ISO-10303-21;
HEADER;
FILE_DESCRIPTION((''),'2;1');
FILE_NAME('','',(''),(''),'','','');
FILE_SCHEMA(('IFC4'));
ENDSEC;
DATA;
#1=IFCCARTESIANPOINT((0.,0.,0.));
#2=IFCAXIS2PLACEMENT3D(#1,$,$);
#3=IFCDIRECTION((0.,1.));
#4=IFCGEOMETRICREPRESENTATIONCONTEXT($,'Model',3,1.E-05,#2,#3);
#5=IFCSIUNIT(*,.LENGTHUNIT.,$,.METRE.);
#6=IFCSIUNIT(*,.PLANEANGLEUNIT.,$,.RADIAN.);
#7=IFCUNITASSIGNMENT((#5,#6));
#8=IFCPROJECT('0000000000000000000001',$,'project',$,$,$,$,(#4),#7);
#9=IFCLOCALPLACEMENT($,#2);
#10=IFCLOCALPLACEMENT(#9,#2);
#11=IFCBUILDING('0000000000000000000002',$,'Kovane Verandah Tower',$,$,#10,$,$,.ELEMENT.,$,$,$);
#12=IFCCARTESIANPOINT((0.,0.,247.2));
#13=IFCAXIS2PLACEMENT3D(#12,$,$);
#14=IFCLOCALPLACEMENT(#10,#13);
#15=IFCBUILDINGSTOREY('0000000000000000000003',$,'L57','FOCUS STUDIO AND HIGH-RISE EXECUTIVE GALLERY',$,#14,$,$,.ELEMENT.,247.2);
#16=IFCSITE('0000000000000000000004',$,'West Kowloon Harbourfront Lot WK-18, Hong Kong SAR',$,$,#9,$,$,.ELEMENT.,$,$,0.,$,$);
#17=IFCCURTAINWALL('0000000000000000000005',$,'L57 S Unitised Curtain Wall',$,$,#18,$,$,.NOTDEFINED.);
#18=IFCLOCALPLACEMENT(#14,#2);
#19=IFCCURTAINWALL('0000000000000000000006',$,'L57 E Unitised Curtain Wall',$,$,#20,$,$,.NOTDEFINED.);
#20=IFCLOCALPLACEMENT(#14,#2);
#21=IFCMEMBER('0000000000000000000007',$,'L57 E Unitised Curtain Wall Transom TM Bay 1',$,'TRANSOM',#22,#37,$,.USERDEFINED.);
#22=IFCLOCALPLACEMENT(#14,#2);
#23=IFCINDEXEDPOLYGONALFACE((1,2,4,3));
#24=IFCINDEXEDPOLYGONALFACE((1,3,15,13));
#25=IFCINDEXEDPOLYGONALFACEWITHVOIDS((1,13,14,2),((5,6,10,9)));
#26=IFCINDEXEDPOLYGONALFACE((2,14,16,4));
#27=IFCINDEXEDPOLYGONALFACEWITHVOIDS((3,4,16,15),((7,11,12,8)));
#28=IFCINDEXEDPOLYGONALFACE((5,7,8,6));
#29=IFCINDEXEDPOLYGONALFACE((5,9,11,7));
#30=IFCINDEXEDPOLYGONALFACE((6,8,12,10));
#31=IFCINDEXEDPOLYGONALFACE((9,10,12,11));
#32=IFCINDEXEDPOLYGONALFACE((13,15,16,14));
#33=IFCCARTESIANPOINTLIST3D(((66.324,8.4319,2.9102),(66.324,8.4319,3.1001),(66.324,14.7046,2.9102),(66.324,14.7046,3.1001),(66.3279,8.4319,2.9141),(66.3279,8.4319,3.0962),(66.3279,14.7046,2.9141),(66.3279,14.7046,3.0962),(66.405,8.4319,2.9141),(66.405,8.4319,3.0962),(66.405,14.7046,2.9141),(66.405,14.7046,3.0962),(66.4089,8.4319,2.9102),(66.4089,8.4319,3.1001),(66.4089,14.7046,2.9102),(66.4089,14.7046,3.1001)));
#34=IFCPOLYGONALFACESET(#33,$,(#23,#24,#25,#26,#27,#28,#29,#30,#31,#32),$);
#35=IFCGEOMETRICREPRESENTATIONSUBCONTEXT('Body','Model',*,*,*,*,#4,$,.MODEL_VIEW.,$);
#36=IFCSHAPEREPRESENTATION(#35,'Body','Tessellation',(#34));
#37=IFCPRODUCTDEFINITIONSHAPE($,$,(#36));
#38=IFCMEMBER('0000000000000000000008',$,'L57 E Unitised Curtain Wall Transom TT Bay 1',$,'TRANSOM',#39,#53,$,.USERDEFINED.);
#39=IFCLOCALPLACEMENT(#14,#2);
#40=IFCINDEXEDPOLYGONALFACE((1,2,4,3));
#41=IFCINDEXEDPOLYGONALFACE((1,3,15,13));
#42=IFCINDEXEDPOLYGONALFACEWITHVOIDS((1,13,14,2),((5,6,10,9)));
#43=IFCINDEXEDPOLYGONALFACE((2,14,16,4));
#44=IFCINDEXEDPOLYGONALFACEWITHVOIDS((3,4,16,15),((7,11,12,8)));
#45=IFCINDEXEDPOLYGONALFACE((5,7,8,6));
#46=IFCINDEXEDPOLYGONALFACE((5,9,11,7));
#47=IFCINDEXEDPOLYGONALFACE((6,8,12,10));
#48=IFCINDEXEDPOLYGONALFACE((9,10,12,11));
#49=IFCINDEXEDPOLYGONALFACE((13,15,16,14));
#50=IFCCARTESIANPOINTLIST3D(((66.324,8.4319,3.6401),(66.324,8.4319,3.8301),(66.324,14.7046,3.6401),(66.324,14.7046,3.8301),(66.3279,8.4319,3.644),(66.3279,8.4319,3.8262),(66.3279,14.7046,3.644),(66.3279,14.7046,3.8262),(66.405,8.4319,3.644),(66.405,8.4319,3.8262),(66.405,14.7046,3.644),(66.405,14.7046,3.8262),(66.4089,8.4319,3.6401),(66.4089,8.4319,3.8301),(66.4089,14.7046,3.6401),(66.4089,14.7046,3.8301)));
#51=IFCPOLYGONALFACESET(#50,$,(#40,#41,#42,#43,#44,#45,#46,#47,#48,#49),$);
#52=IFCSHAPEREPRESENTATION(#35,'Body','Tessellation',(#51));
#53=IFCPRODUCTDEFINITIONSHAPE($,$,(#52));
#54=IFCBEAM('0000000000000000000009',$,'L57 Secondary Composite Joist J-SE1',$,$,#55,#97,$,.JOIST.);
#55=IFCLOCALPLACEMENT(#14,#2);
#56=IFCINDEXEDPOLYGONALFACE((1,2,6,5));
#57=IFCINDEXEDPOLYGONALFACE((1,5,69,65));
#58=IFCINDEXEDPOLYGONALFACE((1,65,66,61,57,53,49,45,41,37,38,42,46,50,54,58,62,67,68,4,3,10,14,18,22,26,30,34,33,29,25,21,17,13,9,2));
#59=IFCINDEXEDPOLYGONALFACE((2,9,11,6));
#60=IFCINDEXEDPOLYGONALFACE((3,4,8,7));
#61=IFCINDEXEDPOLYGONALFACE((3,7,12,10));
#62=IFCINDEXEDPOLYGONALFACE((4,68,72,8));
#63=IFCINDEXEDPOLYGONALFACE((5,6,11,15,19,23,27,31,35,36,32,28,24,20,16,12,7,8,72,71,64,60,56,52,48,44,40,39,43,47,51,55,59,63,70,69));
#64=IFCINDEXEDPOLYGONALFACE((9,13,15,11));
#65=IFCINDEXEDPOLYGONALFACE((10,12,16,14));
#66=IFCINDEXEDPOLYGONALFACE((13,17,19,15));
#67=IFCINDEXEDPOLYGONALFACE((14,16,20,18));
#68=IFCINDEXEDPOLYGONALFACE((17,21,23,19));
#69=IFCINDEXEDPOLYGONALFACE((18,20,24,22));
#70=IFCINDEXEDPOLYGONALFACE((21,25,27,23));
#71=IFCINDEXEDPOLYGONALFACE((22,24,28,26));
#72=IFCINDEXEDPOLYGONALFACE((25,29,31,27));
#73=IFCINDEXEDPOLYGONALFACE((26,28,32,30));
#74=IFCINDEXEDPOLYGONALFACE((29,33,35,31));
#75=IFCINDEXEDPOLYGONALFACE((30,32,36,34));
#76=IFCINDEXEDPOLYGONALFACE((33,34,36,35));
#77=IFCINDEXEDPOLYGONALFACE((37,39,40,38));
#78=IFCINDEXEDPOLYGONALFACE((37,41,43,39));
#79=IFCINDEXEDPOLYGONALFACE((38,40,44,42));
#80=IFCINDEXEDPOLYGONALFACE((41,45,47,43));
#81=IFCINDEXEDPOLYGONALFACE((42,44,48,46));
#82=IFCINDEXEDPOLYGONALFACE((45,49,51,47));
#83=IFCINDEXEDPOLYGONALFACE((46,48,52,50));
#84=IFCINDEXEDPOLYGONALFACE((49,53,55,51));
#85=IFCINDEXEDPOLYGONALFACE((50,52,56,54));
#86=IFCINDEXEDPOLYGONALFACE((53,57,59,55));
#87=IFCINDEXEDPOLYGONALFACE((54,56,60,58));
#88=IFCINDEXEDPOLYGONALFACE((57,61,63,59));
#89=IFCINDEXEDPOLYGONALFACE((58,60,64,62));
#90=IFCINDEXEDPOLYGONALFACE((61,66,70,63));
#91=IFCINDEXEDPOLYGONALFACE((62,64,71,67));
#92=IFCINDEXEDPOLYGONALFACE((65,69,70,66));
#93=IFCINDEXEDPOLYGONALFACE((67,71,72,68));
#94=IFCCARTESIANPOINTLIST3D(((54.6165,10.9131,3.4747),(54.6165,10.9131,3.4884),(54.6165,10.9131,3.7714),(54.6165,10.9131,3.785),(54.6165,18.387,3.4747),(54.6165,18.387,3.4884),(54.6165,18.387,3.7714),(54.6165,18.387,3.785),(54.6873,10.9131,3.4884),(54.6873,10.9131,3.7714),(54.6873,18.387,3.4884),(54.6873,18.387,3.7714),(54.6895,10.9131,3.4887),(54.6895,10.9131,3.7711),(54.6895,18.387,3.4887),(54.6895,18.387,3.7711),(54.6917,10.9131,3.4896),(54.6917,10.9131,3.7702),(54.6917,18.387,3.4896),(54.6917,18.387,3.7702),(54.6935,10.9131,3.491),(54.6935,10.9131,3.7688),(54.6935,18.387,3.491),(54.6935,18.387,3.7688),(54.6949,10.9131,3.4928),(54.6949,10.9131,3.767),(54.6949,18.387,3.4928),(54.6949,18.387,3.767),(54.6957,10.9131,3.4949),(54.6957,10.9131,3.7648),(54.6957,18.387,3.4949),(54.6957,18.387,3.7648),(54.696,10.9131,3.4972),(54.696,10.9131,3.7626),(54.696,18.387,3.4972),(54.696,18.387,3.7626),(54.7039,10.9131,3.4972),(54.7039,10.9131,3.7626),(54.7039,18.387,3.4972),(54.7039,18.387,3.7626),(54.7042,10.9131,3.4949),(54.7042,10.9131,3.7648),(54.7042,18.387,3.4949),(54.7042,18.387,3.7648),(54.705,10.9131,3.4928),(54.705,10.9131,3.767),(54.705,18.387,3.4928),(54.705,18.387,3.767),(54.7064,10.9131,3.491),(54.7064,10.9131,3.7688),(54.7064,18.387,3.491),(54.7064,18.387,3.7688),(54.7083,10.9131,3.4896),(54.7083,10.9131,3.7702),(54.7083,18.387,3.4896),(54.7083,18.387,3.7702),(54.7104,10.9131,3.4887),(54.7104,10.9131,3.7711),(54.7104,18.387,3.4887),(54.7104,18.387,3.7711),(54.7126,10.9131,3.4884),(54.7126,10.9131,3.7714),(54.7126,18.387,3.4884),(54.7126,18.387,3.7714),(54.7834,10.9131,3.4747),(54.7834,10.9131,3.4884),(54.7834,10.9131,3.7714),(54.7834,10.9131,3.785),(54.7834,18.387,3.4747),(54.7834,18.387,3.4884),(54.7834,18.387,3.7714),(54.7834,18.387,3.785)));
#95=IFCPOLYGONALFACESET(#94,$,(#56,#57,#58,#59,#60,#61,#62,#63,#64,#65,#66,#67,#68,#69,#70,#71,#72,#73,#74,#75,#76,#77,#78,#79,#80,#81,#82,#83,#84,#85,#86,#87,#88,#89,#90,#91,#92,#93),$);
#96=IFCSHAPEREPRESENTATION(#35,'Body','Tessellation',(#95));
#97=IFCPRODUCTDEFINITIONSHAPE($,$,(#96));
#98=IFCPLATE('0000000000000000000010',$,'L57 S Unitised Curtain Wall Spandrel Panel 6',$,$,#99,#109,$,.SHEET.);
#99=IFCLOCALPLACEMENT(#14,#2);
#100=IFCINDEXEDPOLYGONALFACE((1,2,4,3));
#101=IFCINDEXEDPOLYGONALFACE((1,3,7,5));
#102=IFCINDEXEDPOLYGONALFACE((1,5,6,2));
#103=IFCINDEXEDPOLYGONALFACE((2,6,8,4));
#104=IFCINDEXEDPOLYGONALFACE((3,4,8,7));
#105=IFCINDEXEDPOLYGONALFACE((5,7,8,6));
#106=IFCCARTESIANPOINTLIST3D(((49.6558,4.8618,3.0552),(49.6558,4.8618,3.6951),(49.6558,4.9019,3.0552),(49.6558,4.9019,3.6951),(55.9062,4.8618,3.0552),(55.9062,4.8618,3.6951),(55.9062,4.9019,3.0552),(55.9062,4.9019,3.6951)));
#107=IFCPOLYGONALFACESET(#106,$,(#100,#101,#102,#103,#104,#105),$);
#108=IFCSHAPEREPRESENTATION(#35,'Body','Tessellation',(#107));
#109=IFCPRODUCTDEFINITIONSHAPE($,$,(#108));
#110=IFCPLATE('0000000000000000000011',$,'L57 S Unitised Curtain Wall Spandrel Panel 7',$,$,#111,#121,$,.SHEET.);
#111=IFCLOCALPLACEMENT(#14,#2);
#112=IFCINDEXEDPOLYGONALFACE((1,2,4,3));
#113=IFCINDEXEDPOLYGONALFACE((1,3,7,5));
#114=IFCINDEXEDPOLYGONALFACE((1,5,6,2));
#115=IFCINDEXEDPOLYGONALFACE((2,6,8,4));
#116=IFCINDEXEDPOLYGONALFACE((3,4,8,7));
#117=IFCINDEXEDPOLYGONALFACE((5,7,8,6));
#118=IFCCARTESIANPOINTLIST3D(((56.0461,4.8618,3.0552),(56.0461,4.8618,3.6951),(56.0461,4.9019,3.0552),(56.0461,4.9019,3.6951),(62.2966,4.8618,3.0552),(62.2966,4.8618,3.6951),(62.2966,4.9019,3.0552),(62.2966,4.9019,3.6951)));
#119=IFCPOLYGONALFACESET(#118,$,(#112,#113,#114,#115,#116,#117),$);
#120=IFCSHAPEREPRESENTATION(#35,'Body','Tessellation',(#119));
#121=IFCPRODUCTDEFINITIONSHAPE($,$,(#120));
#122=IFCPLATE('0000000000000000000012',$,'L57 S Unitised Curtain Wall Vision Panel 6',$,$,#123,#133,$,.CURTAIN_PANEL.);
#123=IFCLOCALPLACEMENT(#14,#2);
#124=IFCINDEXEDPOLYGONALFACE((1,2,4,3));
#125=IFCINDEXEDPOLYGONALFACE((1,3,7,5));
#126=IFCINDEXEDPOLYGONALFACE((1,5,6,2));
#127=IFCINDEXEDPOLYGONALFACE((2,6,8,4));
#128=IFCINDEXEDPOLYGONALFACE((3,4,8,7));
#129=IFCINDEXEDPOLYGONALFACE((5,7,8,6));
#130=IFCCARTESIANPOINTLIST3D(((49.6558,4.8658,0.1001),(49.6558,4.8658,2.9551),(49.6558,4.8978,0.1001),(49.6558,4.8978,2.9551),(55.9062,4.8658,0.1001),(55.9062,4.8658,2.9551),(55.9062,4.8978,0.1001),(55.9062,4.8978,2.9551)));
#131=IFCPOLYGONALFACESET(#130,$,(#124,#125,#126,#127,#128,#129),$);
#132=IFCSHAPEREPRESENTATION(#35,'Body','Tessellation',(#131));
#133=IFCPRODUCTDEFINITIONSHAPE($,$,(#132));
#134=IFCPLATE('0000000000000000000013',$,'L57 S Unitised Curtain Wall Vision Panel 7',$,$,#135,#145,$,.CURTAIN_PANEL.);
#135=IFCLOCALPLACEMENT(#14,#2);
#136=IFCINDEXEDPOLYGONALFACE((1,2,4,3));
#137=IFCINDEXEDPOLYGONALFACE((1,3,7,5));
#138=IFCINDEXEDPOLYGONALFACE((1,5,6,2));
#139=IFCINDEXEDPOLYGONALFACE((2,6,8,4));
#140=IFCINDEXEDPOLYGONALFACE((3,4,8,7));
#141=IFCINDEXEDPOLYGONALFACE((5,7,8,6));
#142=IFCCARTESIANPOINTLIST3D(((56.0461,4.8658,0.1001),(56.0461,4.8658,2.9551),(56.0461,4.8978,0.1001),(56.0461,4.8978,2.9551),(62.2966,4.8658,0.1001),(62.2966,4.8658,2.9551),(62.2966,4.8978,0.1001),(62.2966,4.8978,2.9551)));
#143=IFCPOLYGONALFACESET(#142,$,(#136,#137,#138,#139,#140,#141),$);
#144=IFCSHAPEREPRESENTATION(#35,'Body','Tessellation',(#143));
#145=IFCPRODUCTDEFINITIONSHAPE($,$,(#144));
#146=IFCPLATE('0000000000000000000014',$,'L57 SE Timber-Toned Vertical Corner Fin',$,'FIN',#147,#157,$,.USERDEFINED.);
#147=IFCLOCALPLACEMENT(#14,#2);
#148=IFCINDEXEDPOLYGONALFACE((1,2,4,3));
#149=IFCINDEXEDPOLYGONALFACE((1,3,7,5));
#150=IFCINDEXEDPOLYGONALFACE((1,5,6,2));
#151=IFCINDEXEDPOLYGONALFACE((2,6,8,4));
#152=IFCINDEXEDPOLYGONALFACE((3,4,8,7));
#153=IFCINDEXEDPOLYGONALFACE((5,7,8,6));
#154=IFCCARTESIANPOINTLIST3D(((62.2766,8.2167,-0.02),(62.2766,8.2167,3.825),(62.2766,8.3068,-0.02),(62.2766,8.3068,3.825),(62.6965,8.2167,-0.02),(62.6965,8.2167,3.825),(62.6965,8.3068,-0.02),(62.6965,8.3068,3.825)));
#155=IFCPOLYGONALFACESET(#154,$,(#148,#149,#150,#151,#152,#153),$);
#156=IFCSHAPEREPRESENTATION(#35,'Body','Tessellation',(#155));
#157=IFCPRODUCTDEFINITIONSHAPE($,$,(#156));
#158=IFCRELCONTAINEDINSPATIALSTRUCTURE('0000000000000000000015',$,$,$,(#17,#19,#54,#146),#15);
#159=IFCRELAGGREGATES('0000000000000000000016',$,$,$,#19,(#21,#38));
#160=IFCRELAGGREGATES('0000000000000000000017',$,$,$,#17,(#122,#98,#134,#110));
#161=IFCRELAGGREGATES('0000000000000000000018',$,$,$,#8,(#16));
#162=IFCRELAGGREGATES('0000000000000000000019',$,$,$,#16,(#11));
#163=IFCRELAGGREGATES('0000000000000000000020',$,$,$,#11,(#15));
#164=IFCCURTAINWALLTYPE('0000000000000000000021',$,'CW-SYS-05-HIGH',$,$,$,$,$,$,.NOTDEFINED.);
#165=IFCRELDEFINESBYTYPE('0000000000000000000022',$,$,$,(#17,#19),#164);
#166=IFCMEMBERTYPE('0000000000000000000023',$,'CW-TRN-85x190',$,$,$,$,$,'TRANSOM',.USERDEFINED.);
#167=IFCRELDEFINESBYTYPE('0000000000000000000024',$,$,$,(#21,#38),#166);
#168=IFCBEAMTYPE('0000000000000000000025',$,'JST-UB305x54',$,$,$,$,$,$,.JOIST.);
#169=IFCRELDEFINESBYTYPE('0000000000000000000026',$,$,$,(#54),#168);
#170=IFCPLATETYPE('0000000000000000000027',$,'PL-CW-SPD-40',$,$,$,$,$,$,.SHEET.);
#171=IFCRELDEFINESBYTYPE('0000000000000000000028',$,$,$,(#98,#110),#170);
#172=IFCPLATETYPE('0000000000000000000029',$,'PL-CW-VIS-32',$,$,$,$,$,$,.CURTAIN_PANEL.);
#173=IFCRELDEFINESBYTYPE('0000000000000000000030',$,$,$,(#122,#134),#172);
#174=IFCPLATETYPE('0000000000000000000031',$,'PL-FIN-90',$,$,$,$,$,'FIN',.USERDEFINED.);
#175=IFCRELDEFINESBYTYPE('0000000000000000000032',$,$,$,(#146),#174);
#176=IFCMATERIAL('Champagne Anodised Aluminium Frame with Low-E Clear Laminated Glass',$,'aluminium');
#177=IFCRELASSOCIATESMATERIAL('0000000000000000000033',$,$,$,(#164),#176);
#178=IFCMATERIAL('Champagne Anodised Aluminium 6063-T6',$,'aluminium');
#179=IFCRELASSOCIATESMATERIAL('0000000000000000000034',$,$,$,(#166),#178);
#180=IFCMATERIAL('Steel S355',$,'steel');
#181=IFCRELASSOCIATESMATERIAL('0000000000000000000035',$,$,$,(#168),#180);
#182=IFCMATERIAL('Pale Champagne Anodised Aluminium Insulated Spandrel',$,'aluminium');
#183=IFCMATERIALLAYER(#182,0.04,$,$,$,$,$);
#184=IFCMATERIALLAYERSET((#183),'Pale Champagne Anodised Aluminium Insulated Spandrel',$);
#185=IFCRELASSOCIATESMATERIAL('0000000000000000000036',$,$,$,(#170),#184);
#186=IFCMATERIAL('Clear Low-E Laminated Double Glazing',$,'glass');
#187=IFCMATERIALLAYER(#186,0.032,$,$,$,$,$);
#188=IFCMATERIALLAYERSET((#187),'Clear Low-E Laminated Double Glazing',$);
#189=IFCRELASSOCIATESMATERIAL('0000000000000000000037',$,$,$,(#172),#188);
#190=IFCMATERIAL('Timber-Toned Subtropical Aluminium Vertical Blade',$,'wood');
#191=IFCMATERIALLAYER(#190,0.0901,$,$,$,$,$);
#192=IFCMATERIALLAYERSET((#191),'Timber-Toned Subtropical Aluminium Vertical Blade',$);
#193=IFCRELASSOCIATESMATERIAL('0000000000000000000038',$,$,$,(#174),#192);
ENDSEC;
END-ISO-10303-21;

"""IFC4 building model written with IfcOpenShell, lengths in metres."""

from ifc_helpers import new_model, si_unit, direction, frame, origin, origin_2d, place, context, subcontext, project, spatial, rectangle, hollow_rectangle, i_section, extrude, material, layer, layer_set, material_profile, profile_set, type_object, element, aggregate, save


model = new_model("IFC4")

# Units and contexts
model_context = context("Model", 3, precision=1e-05, world=origin(), true_north=direction((0.0, 1.0)))
body_context = subcontext(model_context, "Body", "Model", "MODEL_VIEW")
ifc_project = project(units=[si_unit("LENGTHUNIT", "METRE"), si_unit("PLANEANGLEUNIT", "RADIAN")], contexts=[model_context])

# Site, building, storey
site_placement = place(None, origin())
site = spatial("IfcSite", under=ifc_project, at=site_placement, Name="West Kowloon Harbourfront Lot WK-18, Hong Kong SAR", CompositionType="ELEMENT", RefElevation=0.0)
building_placement = place(site_placement, origin())
building = spatial("IfcBuilding", under=site, at=building_placement, Name="Kovane Verandah Tower", CompositionType="ELEMENT")
storey_placement = place(building_placement, frame((0.0, 0.0, 247.2)))
storey = spatial("IfcBuildingStorey", under=building, at=storey_placement, Name="L57", Description="FOCUS STUDIO AND HIGH-RISE EXECUTIVE GALLERY", CompositionType="ELEMENT", Elevation=247.2)

# Shared definitions
ifc_material_1 = material(Name="Steel S355", Category="steel")

# Curtain wall
ifc_material_2 = material(Name="Champagne Anodised Aluminium Frame with Low-E Clear Laminated Glass", Category="aluminium")
curtain_wall_type = type_object("IfcCurtainWallType", Name="CW-SYS-05-HIGH", PredefinedType="NOTDEFINED", material=ifc_material_2)
curtain_wall_1_placement = place(storey_placement, origin())
curtain_wall_1 = element("IfcCurtainWall", 1, at=curtain_wall_1_placement, inside=storey, type_object=curtain_wall_type, Name="L57 S Unitised Curtain Wall", PredefinedType="NOTDEFINED")
ifc_material_3 = material(Name="Champagne Anodised Aluminium 6063-T6", Category="aluminium")

# Curtain wall
curtain_wall_2_placement = place(storey_placement, origin())
curtain_wall_2 = element("IfcCurtainWall", 2, at=curtain_wall_2_placement, inside=storey, type_object=curtain_wall_type, Name="L57 E Unitised Curtain Wall", PredefinedType="NOTDEFINED")

# Members
ifc_material_profile_1 = material_profile(ifc_material_3, hollow_rectangle(XDim=0.085, YDim=0.1899, WallThickness=0.0039, at=origin_2d()), Name="AL85x190x4")
ifc_profile_set_1 = profile_set([ifc_material_profile_1], Name="Champagne Anodised Aluminium 6063-T6")
member_type_1 = type_object("IfcMemberType", Name="CW-TRN-85x190", ElementType="TRANSOM", PredefinedType="USERDEFINED", material=ifc_profile_set_1)
member_1_placement = place(storey_placement, frame((66.3665, 8.4319, 3.0051), z_axis=(0.0, 1.0, 0.0), x_axis=(-1.0, 0.0, 0.0)))
member_1 = element("IfcMember", 3, at=member_1_placement, type_object=member_type_1, Name="L57 E Unitised Curtain Wall Transom TM Bay 1", ObjectType="TRANSOM", PredefinedType="USERDEFINED", context=body_context, shape_type="SweptSolid", body=[
    extrude(hollow_rectangle(XDim=0.085, YDim=0.1899, WallThickness=0.0039, at=origin_2d()), origin(), (0.0, 0.0, 1.0), 6.2727),
])
member_2_placement = place(storey_placement, frame((66.3665, 8.4319, 3.7351), z_axis=(0.0, 1.0, 0.0), x_axis=(-1.0, 0.0, 0.0)))
member_2 = element("IfcMember", 4, at=member_2_placement, type_object=member_type_1, Name="L57 E Unitised Curtain Wall Transom TT Bay 1", ObjectType="TRANSOM", PredefinedType="USERDEFINED", context=body_context, shape_type="SweptSolid", body=[
    extrude(hollow_rectangle(XDim=0.085, YDim=0.1899, WallThickness=0.0039, at=origin_2d()), origin(), (0.0, 0.0, 1.0), 6.2727),
])
aggregate(curtain_wall_2, [member_1, member_2])

# Beam
ifc_material_profile_2 = material_profile(ifc_material_1, i_section(OverallWidth=0.167, OverallDepth=0.3103, WebThickness=0.0078, FlangeThickness=0.0137, FilletRadius=0.0088, at=origin_2d()), Name="UB305x165x54")
ifc_profile_set_2 = profile_set([ifc_material_profile_2], Name="Steel S355")
beam_type_1 = type_object("IfcBeamType", Name="JST-UB305x54", PredefinedType="JOIST", material=ifc_profile_set_2)
beam_1_placement = place(storey_placement, frame((54.7, 10.9131, 3.6299), z_axis=(0.0, 1.0, 0.0), x_axis=(-1.0, 0.0, 0.0)))
element("IfcBeam", 5, at=beam_1_placement, inside=storey, type_object=beam_type_1, Name="L57 Secondary Composite Joist J-SE1", PredefinedType="JOIST", context=body_context, shape_type="SweptSolid", body=[
    extrude(i_section(OverallWidth=0.167, OverallDepth=0.3103, WebThickness=0.0078, FlangeThickness=0.0137, FilletRadius=0.0088, at=origin_2d()), origin(), (0.0, 0.0, 1.0), 7.4739),
])

# Plates
ifc_material_4 = material(Name="Pale Champagne Anodised Aluminium Insulated Spandrel", Category="aluminium")
ifc_layer_1 = layer(ifc_material_4, 0.04)
ifc_layer_set_1 = layer_set([ifc_layer_1], Name="Pale Champagne Anodised Aluminium Insulated Spandrel")
plate_type_1 = type_object("IfcPlateType", Name="PL-CW-SPD-40", PredefinedType="SHEET", material=ifc_layer_set_1)
plate_1_placement = place(storey_placement, frame((52.781, 4.8818, 3.0552), z_axis=(0.0, 0.0, 1.0), x_axis=(1.0, 0.0, 0.0)))
plate_1 = element("IfcPlate", 6, at=plate_1_placement, type_object=plate_type_1, Name="L57 S Unitised Curtain Wall Spandrel Panel 6", PredefinedType="SHEET", context=body_context, shape_type="SweptSolid", body=[
    extrude(rectangle(XDim=6.2505, YDim=0.04, at=origin_2d()), origin(), (0.0, 0.0, 1.0), 0.6399),
])
plate_2_placement = place(storey_placement, frame((59.1714, 4.8818, 3.0552), z_axis=(0.0, 0.0, 1.0), x_axis=(1.0, 0.0, 0.0)))
plate_2 = element("IfcPlate", 7, at=plate_2_placement, type_object=plate_type_1, Name="L57 S Unitised Curtain Wall Spandrel Panel 7", PredefinedType="SHEET", context=body_context, shape_type="SweptSolid", body=[
    extrude(rectangle(XDim=6.2505, YDim=0.04, at=origin_2d()), origin(), (0.0, 0.0, 1.0), 0.6399),
])
ifc_material_5 = material(Name="Clear Low-E Laminated Double Glazing", Category="glass")
ifc_layer_2 = layer(ifc_material_5, 0.032)
ifc_layer_set_2 = layer_set([ifc_layer_2], Name="Clear Low-E Laminated Double Glazing")
plate_type_2 = type_object("IfcPlateType", Name="PL-CW-VIS-32", PredefinedType="CURTAIN_PANEL", material=ifc_layer_set_2)
plate_3_placement = place(storey_placement, frame((52.781, 4.8818, 0.1001), z_axis=(0.0, 0.0, 1.0), x_axis=(1.0, 0.0, 0.0)))
plate_3 = element("IfcPlate", 8, at=plate_3_placement, type_object=plate_type_2, Name="L57 S Unitised Curtain Wall Vision Panel 6", PredefinedType="CURTAIN_PANEL", context=body_context, shape_type="SweptSolid", body=[
    extrude(rectangle(XDim=6.2505, YDim=0.032, at=origin_2d()), origin(), (0.0, 0.0, 1.0), 2.855),
])
plate_4_placement = place(storey_placement, frame((59.1714, 4.8818, 0.1001), z_axis=(0.0, 0.0, 1.0), x_axis=(1.0, 0.0, 0.0)))
plate_4 = element("IfcPlate", 9, at=plate_4_placement, type_object=plate_type_2, Name="L57 S Unitised Curtain Wall Vision Panel 7", PredefinedType="CURTAIN_PANEL", context=body_context, shape_type="SweptSolid", body=[
    extrude(rectangle(XDim=6.2505, YDim=0.032, at=origin_2d()), origin(), (0.0, 0.0, 1.0), 2.855),
])
aggregate(curtain_wall_1, [plate_3, plate_1, plate_4, plate_2])
ifc_material_6 = material(Name="Timber-Toned Subtropical Aluminium Vertical Blade", Category="wood")
ifc_layer_3 = layer(ifc_material_6, 0.0901)
ifc_layer_set_3 = layer_set([ifc_layer_3], Name="Timber-Toned Subtropical Aluminium Vertical Blade")
plate_type_3 = type_object("IfcPlateType", Name="PL-FIN-90", ElementType="FIN", PredefinedType="USERDEFINED", material=ifc_layer_set_3)
plate_5_placement = place(storey_placement, frame((62.4866, 8.2617, -0.02), z_axis=(0.0, 0.0, 1.0), x_axis=(1.0, 0.0, 0.0)))
element("IfcPlate", 10, at=plate_5_placement, inside=storey, type_object=plate_type_3, Name="L57 SE Timber-Toned Vertical Corner Fin", ObjectType="FIN", PredefinedType="USERDEFINED", context=body_context, shape_type="SweptSolid", body=[
    extrude(rectangle(XDim=0.4199, YDim=0.0901, at=origin_2d()), origin(), (0.0, 0.0, 1.0), 3.845),
])

save(model, "model.ifc")
